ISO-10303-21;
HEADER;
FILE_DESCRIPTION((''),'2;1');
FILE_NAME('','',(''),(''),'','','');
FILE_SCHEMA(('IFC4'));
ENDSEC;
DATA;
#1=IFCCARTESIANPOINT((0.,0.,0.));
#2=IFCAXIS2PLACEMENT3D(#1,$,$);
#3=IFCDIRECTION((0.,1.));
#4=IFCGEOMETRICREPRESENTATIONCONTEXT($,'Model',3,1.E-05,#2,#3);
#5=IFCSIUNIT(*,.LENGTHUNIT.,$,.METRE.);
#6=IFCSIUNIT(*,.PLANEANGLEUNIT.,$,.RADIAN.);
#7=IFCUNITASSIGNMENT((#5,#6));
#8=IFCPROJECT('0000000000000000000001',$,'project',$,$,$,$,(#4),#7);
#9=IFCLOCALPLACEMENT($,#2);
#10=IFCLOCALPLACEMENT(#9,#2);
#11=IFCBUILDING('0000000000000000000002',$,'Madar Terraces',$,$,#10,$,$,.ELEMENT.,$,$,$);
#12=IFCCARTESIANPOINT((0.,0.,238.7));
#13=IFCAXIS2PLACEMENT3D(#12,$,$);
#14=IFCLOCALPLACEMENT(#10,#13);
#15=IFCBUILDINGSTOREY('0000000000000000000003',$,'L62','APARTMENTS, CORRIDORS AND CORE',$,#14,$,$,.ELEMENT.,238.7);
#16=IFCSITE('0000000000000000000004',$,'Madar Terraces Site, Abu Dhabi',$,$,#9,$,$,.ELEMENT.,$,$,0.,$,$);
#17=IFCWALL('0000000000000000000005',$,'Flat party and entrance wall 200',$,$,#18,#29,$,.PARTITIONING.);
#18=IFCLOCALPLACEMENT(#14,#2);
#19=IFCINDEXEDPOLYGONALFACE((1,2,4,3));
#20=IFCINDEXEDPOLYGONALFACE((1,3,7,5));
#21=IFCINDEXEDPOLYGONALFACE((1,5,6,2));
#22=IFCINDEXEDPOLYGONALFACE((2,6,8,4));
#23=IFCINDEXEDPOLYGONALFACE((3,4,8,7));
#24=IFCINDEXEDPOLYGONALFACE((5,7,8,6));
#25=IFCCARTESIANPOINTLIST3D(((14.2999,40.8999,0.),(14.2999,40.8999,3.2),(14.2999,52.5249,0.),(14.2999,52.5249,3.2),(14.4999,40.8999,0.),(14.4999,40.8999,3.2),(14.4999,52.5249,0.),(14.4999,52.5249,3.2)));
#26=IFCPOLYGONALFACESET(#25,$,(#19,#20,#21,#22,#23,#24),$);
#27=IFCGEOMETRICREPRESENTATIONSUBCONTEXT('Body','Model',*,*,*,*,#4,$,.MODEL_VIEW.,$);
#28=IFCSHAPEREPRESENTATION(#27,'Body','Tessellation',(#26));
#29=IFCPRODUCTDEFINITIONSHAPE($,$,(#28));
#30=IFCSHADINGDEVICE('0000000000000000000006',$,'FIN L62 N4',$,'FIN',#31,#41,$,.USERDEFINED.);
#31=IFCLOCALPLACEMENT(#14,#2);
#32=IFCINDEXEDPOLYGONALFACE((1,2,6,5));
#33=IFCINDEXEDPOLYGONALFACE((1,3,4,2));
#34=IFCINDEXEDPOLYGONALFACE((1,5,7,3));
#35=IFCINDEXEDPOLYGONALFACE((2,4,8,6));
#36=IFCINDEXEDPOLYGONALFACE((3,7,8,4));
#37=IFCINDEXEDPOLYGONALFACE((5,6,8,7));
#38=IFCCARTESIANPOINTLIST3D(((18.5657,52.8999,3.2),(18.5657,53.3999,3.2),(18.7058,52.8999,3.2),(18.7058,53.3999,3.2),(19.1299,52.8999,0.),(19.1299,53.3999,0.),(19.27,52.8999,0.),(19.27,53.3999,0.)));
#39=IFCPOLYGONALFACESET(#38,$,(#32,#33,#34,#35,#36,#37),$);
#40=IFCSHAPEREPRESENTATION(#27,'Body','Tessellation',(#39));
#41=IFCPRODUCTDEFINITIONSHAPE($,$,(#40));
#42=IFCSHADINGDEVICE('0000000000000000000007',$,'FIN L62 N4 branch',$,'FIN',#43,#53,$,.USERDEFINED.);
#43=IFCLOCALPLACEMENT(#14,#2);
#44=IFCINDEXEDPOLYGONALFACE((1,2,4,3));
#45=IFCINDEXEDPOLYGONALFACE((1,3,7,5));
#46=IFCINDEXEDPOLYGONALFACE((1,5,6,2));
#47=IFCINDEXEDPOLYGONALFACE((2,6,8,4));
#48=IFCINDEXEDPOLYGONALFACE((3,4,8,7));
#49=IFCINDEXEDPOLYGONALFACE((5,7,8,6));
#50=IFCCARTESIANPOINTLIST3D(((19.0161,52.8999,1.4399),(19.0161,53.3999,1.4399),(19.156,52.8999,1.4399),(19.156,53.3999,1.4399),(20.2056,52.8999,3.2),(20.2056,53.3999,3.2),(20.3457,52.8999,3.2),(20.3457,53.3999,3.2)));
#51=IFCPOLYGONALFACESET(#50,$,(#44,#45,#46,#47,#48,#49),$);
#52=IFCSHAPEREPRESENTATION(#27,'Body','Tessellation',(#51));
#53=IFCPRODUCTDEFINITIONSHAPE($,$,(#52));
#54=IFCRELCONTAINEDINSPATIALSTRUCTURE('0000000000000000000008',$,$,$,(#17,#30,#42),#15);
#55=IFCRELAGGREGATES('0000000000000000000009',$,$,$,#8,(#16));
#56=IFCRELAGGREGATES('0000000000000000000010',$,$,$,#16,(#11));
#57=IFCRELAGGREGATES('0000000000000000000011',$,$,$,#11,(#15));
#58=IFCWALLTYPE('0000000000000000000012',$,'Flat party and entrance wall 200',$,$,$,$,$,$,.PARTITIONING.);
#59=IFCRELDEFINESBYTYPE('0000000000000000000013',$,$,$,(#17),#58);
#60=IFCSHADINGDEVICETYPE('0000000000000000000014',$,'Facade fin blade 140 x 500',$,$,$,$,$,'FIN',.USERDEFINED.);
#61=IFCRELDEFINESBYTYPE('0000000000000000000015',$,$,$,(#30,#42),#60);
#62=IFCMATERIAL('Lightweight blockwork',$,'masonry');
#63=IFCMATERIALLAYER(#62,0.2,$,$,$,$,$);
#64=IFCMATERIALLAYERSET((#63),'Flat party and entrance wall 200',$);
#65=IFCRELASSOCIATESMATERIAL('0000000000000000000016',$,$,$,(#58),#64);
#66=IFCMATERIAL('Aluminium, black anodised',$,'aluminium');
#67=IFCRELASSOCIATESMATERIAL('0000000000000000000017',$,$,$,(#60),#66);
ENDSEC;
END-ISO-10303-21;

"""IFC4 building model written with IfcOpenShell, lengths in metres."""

from ifc_helpers import new_model, si_unit, direction, frame, frame_2d, origin, place, context, subcontext, project, spatial, polyline, rectangle, outline, extrude, material, layer, layer_set, type_object, element, save


model = new_model("IFC4")

# Units and contexts
model_context = context("Model", 3, precision=1e-05, world=origin(), true_north=direction((0.0, 1.0)))
body_context = subcontext(model_context, "Body", "Model", "MODEL_VIEW")
ifc_project = project(units=[si_unit("LENGTHUNIT", "METRE"), si_unit("PLANEANGLEUNIT", "RADIAN")], contexts=[model_context])

# Site, building, storey
site_placement = place(None, origin())
site = spatial("IfcSite", under=ifc_project, at=site_placement, Name="Madar Terraces Site, Abu Dhabi", CompositionType="ELEMENT", RefElevation=0.0)
building_placement = place(site_placement, origin())
building = spatial("IfcBuilding", under=site, at=building_placement, Name="Madar Terraces", CompositionType="ELEMENT")
storey_placement = place(building_placement, frame((0.0, 0.0, 238.7)))
storey = spatial("IfcBuildingStorey", under=building, at=storey_placement, Name="L62", Description="APARTMENTS, CORRIDORS AND CORE", CompositionType="ELEMENT", Elevation=238.7)

# Wall
ifc_material_1 = material(Name="Lightweight blockwork", Category="masonry")
ifc_layer_1 = layer(ifc_material_1, 0.2)
ifc_layer_set_1 = layer_set([ifc_layer_1], Name="Flat party and entrance wall 200")
wall_type_1 = type_object("IfcWallType", Name="Flat party and entrance wall 200", PredefinedType="PARTITIONING", material=ifc_layer_set_1)
wall_1_placement = place(storey_placement, frame((14.3999, 52.5249, 0.0), z_axis=(0.0, 0.0, 1.0), x_axis=(0.0, -1.0, 0.0)))
element("IfcWall", 1, at=wall_1_placement, inside=storey, type_object=wall_type_1, Name="Flat party and entrance wall 200", PredefinedType="PARTITIONING", context=body_context, shape_type="SweptSolid", body=[
    extrude(rectangle(XDim=11.625, YDim=0.2, at=frame_2d((5.8125, 0.0))), origin(), (0.0, 0.0, 1.0), 3.2),
])

# Shading devices
ifc_material_2 = material(Name="Aluminium, black anodised", Category="aluminium")
shading_device_type = type_object("IfcShadingDeviceType", Name="Facade fin blade 140 x 500", ElementType="FIN", PredefinedType="USERDEFINED", material=ifc_material_2)
shading_device_1_placement = place(storey_placement, frame((19.27, 53.1499, 0.0), z_axis=(0.0, 0.0, 1.0), x_axis=(-1.0, 0.0, 0.0)))
element("IfcShadingDevice", 2, at=shading_device_1_placement, inside=storey, type_object=shading_device_type, Name="FIN L62 N4", ObjectType="FIN", PredefinedType="USERDEFINED", context=body_context, shape_type="SweptSolid", body=[
    extrude(outline(polyline([(0.0, 0.0), (0.1401, 0.0), (0.7043, 3.2), (0.5642, 3.2), (0.0, 0.0)])), frame((0.0, 0.25, 0.0), z_axis=(0.0, -1.0, 0.0), x_axis=(1.0, 0.0, 0.0)), (0.0, 0.0, 1.0), 0.5),
])
shading_device_2_placement = place(storey_placement, frame((19.156, 53.1499, 1.4399), z_axis=(0.0, 0.0, 1.0), x_axis=(-1.0, 0.0, 0.0)))
element("IfcShadingDevice", 3, at=shading_device_2_placement, inside=storey, type_object=shading_device_type, Name="FIN L62 N4 branch", ObjectType="FIN", PredefinedType="USERDEFINED", context=body_context, shape_type="SweptSolid", body=[
    extrude(outline(polyline([(0.0, 0.0), (0.1399, 0.0), (-1.0496, 1.76), (-1.1897, 1.76), (0.0, 0.0)])), frame((0.0, 0.25, 0.0), z_axis=(0.0, -1.0, 0.0), x_axis=(1.0, 0.0, 0.0)), (0.0, 0.0, 1.0), 0.5),
])

save(model, "model.ifc")
